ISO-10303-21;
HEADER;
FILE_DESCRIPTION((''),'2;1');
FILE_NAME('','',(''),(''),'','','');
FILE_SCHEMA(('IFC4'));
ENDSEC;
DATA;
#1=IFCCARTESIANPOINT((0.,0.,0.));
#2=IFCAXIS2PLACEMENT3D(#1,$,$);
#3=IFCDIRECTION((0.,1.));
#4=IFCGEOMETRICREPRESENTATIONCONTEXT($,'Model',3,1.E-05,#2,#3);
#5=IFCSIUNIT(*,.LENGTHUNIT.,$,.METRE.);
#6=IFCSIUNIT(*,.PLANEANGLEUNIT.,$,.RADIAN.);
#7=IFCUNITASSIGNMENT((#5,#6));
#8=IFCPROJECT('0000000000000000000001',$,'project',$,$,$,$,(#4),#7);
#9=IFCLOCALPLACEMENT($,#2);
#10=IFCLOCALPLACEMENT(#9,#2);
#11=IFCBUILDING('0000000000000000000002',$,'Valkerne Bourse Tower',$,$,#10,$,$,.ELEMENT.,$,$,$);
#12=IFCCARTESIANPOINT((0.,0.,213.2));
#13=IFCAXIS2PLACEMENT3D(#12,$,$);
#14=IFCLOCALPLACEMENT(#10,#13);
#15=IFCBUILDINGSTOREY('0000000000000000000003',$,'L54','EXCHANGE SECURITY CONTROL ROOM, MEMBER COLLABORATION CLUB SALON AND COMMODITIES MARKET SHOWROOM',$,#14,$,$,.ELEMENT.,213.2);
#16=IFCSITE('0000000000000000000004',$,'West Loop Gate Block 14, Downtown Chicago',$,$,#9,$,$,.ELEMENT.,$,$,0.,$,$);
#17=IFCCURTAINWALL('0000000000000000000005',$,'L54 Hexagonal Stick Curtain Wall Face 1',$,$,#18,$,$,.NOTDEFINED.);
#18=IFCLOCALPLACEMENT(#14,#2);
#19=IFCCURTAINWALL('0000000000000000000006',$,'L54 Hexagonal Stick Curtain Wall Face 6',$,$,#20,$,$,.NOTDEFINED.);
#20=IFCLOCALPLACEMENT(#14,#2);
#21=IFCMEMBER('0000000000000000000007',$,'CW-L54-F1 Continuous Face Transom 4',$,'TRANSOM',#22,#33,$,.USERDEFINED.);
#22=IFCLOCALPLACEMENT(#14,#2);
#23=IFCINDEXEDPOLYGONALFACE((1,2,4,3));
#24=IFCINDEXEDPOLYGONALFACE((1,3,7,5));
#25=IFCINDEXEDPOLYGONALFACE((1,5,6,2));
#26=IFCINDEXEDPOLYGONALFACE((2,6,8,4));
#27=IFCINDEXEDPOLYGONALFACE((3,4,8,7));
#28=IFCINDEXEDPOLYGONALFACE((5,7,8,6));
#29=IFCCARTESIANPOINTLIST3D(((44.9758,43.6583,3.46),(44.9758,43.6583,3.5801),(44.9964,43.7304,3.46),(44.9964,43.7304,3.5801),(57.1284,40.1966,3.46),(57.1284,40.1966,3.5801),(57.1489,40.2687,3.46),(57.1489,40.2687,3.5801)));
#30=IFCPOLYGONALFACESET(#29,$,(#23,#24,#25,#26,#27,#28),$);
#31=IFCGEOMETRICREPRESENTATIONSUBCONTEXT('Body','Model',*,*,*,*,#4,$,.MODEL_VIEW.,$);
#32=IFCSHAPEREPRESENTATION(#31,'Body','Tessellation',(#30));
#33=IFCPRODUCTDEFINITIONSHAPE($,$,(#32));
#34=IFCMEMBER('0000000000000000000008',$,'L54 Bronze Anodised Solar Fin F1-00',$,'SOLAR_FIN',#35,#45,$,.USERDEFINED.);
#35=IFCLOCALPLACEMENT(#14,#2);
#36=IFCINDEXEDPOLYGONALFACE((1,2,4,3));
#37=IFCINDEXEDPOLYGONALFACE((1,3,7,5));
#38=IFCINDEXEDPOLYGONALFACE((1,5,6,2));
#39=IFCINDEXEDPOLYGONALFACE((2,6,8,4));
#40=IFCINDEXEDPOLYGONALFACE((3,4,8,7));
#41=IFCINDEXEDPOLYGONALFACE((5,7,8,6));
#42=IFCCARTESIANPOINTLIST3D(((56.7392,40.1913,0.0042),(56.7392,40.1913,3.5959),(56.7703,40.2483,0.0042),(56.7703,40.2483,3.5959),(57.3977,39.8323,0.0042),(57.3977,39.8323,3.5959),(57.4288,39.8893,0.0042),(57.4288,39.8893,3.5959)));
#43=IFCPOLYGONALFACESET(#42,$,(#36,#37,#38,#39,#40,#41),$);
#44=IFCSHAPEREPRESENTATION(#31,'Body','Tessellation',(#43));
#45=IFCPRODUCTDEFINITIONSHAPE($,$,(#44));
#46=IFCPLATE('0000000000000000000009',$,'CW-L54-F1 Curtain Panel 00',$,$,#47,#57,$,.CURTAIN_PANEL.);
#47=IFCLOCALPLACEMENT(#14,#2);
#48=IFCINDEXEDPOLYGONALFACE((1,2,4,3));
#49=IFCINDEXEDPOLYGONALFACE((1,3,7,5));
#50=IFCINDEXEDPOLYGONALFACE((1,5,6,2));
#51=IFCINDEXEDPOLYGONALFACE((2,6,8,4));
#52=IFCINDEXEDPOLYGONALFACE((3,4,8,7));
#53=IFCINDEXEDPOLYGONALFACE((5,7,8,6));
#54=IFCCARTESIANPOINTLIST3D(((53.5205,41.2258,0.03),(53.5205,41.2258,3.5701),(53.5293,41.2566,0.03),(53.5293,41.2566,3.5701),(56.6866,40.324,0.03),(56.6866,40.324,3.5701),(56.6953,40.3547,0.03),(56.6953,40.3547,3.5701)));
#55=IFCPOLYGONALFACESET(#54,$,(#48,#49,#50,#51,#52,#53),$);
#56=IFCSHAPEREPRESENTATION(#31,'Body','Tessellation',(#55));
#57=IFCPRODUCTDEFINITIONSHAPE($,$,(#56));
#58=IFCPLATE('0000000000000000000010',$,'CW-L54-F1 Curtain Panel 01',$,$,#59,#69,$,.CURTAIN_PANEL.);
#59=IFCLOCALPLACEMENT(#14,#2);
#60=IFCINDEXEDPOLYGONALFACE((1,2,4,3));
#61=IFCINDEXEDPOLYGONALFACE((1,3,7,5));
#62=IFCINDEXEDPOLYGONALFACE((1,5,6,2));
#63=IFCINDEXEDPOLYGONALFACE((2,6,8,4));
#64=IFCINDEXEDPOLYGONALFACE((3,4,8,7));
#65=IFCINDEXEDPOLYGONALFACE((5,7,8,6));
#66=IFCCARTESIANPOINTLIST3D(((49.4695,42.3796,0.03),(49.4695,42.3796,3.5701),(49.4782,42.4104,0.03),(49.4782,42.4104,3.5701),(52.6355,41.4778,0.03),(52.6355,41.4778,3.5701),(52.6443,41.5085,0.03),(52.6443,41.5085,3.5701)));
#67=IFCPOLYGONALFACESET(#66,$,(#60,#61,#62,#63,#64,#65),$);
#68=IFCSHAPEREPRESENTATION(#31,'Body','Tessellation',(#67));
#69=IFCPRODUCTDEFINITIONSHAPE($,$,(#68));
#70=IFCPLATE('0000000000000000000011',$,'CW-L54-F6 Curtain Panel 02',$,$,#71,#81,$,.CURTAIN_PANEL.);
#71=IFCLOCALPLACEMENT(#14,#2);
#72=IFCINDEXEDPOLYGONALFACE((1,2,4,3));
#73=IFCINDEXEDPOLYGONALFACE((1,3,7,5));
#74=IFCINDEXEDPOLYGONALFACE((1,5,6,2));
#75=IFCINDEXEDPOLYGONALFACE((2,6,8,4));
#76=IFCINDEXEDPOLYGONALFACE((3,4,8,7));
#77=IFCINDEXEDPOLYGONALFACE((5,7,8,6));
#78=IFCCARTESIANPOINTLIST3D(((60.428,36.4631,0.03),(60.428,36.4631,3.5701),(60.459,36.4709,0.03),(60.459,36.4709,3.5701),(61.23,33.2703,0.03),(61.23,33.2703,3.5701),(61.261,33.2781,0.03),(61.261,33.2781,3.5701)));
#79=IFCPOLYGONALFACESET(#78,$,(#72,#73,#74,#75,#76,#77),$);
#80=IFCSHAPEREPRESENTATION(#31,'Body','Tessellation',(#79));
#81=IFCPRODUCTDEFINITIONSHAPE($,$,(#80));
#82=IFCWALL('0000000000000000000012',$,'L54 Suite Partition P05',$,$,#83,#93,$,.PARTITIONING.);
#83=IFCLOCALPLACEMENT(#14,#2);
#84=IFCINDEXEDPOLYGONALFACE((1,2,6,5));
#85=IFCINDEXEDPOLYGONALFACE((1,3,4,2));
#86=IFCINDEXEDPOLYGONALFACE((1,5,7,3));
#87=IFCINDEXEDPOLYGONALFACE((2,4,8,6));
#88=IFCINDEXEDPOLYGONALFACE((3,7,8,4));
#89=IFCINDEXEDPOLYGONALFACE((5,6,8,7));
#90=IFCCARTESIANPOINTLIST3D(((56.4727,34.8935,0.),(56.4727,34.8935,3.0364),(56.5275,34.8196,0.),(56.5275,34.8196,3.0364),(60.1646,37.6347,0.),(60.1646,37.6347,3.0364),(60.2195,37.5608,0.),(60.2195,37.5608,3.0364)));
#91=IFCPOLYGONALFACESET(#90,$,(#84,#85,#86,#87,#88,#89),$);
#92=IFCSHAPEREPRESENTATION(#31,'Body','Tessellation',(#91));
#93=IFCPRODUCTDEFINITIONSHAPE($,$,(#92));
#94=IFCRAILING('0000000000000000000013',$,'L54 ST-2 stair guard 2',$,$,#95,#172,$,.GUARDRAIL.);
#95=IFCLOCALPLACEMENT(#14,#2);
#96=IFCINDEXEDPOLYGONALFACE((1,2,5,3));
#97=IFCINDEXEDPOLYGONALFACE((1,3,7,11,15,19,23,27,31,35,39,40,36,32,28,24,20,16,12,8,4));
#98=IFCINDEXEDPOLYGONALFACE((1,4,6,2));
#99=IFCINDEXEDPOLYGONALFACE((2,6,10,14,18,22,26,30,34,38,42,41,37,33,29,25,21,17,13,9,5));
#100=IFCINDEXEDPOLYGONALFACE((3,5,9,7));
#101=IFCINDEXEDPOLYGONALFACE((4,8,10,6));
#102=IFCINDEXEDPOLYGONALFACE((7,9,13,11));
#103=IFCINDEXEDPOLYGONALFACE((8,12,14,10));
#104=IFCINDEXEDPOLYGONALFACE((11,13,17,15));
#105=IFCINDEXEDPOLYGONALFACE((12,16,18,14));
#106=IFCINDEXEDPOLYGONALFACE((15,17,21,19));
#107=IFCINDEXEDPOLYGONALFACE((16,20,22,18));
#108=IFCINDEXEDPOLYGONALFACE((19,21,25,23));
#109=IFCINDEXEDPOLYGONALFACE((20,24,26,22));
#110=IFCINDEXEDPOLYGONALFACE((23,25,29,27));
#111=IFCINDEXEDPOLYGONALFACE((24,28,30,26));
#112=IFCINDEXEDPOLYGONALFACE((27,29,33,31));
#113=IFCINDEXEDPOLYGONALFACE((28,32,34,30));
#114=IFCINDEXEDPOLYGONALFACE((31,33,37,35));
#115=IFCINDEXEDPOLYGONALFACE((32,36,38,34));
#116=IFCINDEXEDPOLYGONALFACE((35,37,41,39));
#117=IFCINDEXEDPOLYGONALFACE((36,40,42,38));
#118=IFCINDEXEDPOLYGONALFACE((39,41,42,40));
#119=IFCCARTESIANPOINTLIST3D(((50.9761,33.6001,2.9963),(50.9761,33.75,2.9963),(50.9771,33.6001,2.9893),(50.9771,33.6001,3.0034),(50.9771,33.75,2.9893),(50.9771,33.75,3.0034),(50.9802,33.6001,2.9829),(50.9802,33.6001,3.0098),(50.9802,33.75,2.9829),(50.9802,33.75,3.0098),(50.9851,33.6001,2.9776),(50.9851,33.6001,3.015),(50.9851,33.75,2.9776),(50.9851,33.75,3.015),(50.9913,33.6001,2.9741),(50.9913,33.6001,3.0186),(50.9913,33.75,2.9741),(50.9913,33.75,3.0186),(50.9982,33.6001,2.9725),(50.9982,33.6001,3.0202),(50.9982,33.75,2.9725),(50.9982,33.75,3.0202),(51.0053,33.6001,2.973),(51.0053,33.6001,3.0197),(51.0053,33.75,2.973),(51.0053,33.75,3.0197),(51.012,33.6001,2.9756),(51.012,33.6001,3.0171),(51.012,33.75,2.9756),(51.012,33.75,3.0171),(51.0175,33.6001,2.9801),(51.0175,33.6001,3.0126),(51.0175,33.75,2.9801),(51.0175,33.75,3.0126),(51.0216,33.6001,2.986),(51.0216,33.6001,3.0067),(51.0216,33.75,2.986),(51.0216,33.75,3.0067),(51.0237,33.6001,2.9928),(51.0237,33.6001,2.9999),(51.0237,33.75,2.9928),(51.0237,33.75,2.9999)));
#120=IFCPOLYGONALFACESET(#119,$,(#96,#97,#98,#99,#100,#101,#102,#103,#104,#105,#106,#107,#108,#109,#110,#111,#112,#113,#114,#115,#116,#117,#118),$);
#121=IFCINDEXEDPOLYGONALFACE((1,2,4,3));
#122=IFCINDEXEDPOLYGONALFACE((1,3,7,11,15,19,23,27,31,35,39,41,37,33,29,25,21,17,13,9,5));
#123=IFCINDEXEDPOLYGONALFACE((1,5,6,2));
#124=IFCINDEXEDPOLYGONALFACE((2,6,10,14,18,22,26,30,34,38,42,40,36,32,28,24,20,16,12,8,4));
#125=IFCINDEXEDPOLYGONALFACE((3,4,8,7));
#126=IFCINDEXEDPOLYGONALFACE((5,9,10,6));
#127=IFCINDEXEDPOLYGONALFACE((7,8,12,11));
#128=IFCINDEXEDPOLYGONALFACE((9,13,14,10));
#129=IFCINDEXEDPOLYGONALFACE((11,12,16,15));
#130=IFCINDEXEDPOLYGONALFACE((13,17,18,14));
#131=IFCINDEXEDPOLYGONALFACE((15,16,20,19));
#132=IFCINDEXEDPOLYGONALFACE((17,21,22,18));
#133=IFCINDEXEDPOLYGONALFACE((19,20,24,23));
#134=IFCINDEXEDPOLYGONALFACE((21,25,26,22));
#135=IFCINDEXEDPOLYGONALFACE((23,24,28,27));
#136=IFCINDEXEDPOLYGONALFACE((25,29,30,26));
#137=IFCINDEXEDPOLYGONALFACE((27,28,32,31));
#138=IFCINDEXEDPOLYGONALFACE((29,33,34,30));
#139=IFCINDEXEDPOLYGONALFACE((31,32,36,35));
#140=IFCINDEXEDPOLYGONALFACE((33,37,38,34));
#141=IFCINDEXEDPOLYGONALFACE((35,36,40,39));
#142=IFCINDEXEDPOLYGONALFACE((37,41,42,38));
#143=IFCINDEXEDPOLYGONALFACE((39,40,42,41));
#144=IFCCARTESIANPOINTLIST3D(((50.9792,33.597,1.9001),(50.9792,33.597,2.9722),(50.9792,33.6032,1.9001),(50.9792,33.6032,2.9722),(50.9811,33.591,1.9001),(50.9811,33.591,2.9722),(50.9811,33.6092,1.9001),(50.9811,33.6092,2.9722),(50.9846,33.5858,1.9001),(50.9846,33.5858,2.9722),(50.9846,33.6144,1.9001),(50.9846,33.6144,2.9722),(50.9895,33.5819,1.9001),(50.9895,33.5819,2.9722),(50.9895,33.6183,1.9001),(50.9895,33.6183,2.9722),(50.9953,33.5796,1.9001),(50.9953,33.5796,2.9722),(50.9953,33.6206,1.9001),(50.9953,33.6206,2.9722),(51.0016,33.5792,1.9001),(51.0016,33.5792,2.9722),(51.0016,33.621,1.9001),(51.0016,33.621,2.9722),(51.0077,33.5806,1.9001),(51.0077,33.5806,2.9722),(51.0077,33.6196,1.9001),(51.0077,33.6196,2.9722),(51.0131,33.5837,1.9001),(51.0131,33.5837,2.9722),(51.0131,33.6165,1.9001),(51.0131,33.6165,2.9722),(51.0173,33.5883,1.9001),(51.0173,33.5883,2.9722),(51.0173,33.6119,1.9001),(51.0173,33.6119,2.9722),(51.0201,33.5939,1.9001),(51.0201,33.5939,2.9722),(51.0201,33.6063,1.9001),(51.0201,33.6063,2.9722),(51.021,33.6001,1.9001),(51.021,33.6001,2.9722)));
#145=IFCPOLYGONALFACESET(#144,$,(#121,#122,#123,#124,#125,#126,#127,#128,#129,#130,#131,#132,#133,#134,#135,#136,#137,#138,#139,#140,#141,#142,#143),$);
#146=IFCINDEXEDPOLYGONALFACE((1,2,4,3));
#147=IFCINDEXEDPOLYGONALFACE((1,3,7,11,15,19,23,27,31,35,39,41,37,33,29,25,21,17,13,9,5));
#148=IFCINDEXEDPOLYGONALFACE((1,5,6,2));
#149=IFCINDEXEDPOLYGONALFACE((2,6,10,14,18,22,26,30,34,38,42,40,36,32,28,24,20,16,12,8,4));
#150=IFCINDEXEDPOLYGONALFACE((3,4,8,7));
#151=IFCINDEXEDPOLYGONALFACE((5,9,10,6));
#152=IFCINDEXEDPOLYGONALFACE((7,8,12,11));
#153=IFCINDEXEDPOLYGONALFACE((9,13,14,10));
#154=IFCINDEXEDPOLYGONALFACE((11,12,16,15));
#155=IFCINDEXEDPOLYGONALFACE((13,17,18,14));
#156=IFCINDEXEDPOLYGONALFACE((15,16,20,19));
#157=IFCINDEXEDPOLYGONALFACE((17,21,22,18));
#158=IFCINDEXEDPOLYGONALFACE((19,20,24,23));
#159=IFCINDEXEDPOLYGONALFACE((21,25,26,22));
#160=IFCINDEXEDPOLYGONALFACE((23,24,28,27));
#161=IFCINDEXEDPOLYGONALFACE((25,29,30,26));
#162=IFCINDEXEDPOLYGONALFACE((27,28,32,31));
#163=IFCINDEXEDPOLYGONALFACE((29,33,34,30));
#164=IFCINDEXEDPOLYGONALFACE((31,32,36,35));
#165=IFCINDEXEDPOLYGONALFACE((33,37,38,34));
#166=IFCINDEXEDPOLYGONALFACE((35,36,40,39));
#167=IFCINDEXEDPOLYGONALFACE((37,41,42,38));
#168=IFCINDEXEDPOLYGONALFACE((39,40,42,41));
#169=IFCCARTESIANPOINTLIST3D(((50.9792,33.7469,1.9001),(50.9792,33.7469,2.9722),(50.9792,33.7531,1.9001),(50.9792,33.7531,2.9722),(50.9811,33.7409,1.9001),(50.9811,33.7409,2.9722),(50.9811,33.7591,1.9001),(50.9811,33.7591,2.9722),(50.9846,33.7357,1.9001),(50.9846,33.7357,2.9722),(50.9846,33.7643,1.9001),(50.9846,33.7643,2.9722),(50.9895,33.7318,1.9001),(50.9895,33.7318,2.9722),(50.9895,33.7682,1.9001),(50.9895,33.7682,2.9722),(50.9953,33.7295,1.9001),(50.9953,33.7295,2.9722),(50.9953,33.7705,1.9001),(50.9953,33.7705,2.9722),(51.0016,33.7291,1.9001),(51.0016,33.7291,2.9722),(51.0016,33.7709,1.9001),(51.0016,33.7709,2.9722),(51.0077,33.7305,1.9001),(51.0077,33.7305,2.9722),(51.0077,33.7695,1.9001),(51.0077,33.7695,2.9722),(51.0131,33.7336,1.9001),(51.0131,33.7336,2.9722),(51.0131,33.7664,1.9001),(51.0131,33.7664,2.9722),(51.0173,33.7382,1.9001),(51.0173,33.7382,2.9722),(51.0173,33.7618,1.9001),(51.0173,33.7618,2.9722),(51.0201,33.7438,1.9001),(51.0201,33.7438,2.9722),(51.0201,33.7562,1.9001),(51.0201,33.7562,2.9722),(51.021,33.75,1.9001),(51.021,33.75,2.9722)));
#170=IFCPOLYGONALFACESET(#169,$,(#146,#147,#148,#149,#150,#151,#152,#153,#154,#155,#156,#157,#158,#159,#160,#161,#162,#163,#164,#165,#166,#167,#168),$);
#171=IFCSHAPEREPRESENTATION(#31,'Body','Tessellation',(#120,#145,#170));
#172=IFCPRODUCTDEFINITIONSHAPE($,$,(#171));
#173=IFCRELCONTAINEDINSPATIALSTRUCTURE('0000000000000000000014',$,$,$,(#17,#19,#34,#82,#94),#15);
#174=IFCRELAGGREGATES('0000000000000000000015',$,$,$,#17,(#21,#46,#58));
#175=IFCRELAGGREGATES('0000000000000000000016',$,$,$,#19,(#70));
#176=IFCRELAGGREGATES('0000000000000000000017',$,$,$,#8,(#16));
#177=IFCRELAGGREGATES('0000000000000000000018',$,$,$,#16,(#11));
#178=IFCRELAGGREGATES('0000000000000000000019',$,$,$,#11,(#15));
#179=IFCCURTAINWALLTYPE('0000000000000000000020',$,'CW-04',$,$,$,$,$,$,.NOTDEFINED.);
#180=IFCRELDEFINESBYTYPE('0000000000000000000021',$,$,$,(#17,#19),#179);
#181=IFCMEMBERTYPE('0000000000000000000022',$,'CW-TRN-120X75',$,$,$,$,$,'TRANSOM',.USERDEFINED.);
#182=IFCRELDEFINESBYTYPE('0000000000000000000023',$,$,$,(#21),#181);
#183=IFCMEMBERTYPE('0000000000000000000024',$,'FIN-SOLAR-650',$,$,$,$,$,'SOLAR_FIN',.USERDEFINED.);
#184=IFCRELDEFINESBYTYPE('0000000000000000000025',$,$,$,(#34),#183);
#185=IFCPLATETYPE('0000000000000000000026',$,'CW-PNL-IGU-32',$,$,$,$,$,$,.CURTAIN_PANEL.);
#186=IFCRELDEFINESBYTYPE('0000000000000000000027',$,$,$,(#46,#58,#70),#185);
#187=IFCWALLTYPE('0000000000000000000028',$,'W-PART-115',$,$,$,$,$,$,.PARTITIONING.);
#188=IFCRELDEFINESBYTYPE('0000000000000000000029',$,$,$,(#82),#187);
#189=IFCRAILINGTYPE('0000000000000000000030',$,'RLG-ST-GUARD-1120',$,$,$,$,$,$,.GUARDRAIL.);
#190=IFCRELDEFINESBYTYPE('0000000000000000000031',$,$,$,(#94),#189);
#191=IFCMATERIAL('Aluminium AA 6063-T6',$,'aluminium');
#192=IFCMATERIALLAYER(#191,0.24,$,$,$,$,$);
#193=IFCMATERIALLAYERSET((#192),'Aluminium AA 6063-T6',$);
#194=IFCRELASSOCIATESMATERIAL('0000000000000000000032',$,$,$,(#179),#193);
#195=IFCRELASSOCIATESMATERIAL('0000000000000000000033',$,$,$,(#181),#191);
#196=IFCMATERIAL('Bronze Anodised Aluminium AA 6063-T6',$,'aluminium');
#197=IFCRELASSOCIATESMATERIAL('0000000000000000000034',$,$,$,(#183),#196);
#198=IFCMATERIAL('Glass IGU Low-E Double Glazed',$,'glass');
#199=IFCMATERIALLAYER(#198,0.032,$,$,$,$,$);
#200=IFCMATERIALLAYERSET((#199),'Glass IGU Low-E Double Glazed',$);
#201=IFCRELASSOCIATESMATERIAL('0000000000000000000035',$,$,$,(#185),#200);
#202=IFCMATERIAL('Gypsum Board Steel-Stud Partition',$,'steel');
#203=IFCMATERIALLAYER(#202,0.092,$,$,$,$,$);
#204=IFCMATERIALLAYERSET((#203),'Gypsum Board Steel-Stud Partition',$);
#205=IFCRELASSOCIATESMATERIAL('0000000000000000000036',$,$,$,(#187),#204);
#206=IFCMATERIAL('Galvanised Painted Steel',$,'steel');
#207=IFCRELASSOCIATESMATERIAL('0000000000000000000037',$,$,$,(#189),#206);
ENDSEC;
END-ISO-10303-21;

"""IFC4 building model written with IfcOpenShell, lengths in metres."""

from ifc_helpers import new_model, si_unit, direction, frame, frame_2d, origin, origin_2d, place, context, subcontext, project, spatial, rectangle, circle, extrude, material, layer, layer_set, material_profile, profile_set, type_object, element, aggregate, save


model = new_model("IFC4")

# Units and contexts
model_context = context("Model", 3, precision=1e-05, world=origin(), true_north=direction((0.0, 1.0)))
body_context = subcontext(model_context, "Body", "Model", "MODEL_VIEW")
ifc_project = project(units=[si_unit("LENGTHUNIT", "METRE"), si_unit("PLANEANGLEUNIT", "RADIAN")], contexts=[model_context])

# Site, building, storey
site_placement = place(None, origin())
site = spatial("IfcSite", under=ifc_project, at=site_placement, Name="West Loop Gate Block 14, Downtown Chicago", CompositionType="ELEMENT", RefElevation=0.0)
building_placement = place(site_placement, origin())
building = spatial("IfcBuilding", under=site, at=building_placement, Name="Valkerne Bourse Tower", CompositionType="ELEMENT")
storey_placement = place(building_placement, frame((0.0, 0.0, 213.2)))
storey = spatial("IfcBuildingStorey", under=building, at=storey_placement, Name="L54", Description="EXCHANGE SECURITY CONTROL ROOM, MEMBER COLLABORATION CLUB SALON AND COMMODITIES MARKET SHOWROOM", CompositionType="ELEMENT", Elevation=213.2)

# Curtain walls
ifc_material_1 = material(Name="Aluminium AA 6063-T6", Category="aluminium")
ifc_layer_1 = layer(ifc_material_1, 0.24)
ifc_layer_set_1 = layer_set([ifc_layer_1], Name="Aluminium AA 6063-T6")
curtain_wall_type = type_object("IfcCurtainWallType", Name="CW-04", PredefinedType="NOTDEFINED", material=ifc_layer_set_1)
curtain_wall_1_placement = place(storey_placement, origin())
curtain_wall_1 = element("IfcCurtainWall", 1, at=curtain_wall_1_placement, inside=storey, type_object=curtain_wall_type, Name="L54 Hexagonal Stick Curtain Wall Face 1", PredefinedType="NOTDEFINED")
curtain_wall_2_placement = place(storey_placement, origin())
curtain_wall_2 = element("IfcCurtainWall", 2, at=curtain_wall_2_placement, inside=storey, type_object=curtain_wall_type, Name="L54 Hexagonal Stick Curtain Wall Face 6", PredefinedType="NOTDEFINED")

# Members
ifc_material_profile_1 = material_profile(ifc_material_1, rectangle(XDim=0.075, YDim=0.1201, at=origin_2d()), Name="CWT-75X120")
ifc_profile_set_1 = profile_set([ifc_material_profile_1], Name="Aluminium AA 6063-T6")
member_type_1 = type_object("IfcMemberType", Name="CW-TRN-120X75", ElementType="TRANSOM", PredefinedType="USERDEFINED", material=ifc_profile_set_1)
member_1_placement = place(storey_placement, frame((57.1387, 40.2327, 3.52), z_axis=(-0.961743, 0.273953, 0.0), x_axis=(-0.273953, -0.961743, 0.0)))
member_1 = element("IfcMember", 3, at=member_1_placement, type_object=member_type_1, Name="CW-L54-F1 Continuous Face Transom 4", ObjectType="TRANSOM", PredefinedType="USERDEFINED", context=body_context, shape_type="SweptSolid", body=[
    extrude(rectangle(XDim=0.075, YDim=0.1201, at=origin_2d()), origin(), (0.0, 0.0, 1.0), 12.636),
])
ifc_material_2 = material(Name="Bronze Anodised Aluminium AA 6063-T6", Category="aluminium")
ifc_material_profile_2 = material_profile(ifc_material_2, rectangle(XDim=0.0649, YDim=0.75, at=origin_2d()), Name="FIN-65X750")
ifc_profile_set_2 = profile_set([ifc_material_profile_2], Name="Bronze Anodised Aluminium AA 6063-T6")
member_type_2 = type_object("IfcMemberType", Name="FIN-SOLAR-650", ElementType="SOLAR_FIN", PredefinedType="USERDEFINED", material=ifc_profile_set_2)
member_2_placement = place(storey_placement, frame((57.084, 40.0403, 0.0042), z_axis=(0.0, 0.0, 1.0), x_axis=(0.478671, 0.877995, 0.0)))
element("IfcMember", 4, at=member_2_placement, inside=storey, type_object=member_type_2, Name="L54 Bronze Anodised Solar Fin F1-00", ObjectType="SOLAR_FIN", PredefinedType="USERDEFINED", context=body_context, shape_type="SweptSolid", body=[
    extrude(rectangle(XDim=0.0649, YDim=0.75, at=origin_2d()), origin(), (0.0, 0.0, 1.0), 3.5918),
])

# Plates
ifc_material_3 = material(Name="Glass IGU Low-E Double Glazed", Category="glass")
ifc_layer_2 = layer(ifc_material_3, 0.032)
ifc_layer_set_2 = layer_set([ifc_layer_2], Name="Glass IGU Low-E Double Glazed")
plate_type = type_object("IfcPlateType", Name="CW-PNL-IGU-32", PredefinedType="CURTAIN_PANEL", material=ifc_layer_set_2)
plate_1_placement = place(storey_placement, frame((55.1079, 40.7903, 0.03), z_axis=(0.0, 0.0, 1.0), x_axis=(-0.961741, 0.273959, 0.0)))
plate_1 = element("IfcPlate", 5, at=plate_1_placement, type_object=plate_type, Name="CW-L54-F1 Curtain Panel 00", PredefinedType="CURTAIN_PANEL", context=body_context, shape_type="SweptSolid", body=[
    extrude(rectangle(XDim=3.292, YDim=0.032, at=origin_2d()), origin(), (0.0, 0.0, 1.0), 3.54),
])
plate_2_placement = place(storey_placement, frame((51.0569, 41.9441, 0.03), z_axis=(0.0, 0.0, 1.0), x_axis=(-0.961743, 0.273953, 0.0)))
plate_2 = element("IfcPlate", 6, at=plate_2_placement, type_object=plate_type, Name="CW-L54-F1 Curtain Panel 01", PredefinedType="CURTAIN_PANEL", context=body_context, shape_type="SweptSolid", body=[
    extrude(rectangle(XDim=3.292, YDim=0.032, at=origin_2d()), origin(), (0.0, 0.0, 1.0), 3.54),
])
aggregate(curtain_wall_1, [member_1, plate_1, plate_2])
plate_3_placement = place(storey_placement, frame((60.8445, 34.8706, 0.03), z_axis=(0.0, 0.0, 1.0), x_axis=(-0.243614, 0.969872, 0.0)))
plate_3 = element("IfcPlate", 7, at=plate_3_placement, type_object=plate_type, Name="CW-L54-F6 Curtain Panel 02", PredefinedType="CURTAIN_PANEL", context=body_context, shape_type="SweptSolid", body=[
    extrude(rectangle(XDim=3.292, YDim=0.032, at=origin_2d()), origin(), (0.0, 0.0, 1.0), 3.54),
])
aggregate(curtain_wall_2, [plate_3])

# Wall
ifc_material_4 = material(Name="Gypsum Board Steel-Stud Partition", Category="steel")
ifc_layer_3 = layer(ifc_material_4, 0.092)
ifc_layer_set_3 = layer_set([ifc_layer_3], Name="Gypsum Board Steel-Stud Partition")
wall_type = type_object("IfcWallType", Name="W-PART-115", PredefinedType="PARTITIONING", material=ifc_layer_set_3)
wall_placement = place(storey_placement, frame((56.5, 34.8564, 0.0), z_axis=(0.0, 0.0, 1.0), x_axis=(0.802883, 0.596136, 0.0)))
element("IfcWall", 8, at=wall_placement, inside=storey, type_object=wall_type, Name="L54 Suite Partition P05", PredefinedType="PARTITIONING", context=body_context, shape_type="SweptSolid", body=[
    extrude(rectangle(XDim=4.5984, YDim=0.092, at=frame_2d((2.2993, 0.0))), origin(), (0.0, 0.0, 1.0), 3.0364),
])

# Railing
ifc_material_5 = material(Name="Galvanised Painted Steel", Category="steel")
railing_type_1 = type_object("IfcRailingType", Name="RLG-ST-GUARD-1120", PredefinedType="GUARDRAIL", material=ifc_material_5)
railing_1_placement = place(storey_placement, frame((51.0, 33.6001, 1.9001)))
element("IfcRailing", 9, at=railing_1_placement, inside=storey, type_object=railing_type_1, Name="L54 ST-2 stair guard 2", PredefinedType="GUARDRAIL", context=body_context, shape_type="SweptSolid", body=[
    extrude(circle(Radius=0.0239, at=origin_2d()), frame((0.0, 0.0, 1.0962), z_axis=(0.0, 1.0, 0.0), x_axis=(-1.0, 0.0, 0.0)), (0.0, 0.0, 1.0), 0.1499),
    extrude(circle(Radius=0.021, at=origin_2d()), origin(), (0.0, 0.0, 1.0), 1.072),
    extrude(circle(Radius=0.021, at=origin_2d()), frame((0.0, 0.1499, 0.0)), (0.0, 0.0, 1.0), 1.072),
])

save(model, "model.ifc")
